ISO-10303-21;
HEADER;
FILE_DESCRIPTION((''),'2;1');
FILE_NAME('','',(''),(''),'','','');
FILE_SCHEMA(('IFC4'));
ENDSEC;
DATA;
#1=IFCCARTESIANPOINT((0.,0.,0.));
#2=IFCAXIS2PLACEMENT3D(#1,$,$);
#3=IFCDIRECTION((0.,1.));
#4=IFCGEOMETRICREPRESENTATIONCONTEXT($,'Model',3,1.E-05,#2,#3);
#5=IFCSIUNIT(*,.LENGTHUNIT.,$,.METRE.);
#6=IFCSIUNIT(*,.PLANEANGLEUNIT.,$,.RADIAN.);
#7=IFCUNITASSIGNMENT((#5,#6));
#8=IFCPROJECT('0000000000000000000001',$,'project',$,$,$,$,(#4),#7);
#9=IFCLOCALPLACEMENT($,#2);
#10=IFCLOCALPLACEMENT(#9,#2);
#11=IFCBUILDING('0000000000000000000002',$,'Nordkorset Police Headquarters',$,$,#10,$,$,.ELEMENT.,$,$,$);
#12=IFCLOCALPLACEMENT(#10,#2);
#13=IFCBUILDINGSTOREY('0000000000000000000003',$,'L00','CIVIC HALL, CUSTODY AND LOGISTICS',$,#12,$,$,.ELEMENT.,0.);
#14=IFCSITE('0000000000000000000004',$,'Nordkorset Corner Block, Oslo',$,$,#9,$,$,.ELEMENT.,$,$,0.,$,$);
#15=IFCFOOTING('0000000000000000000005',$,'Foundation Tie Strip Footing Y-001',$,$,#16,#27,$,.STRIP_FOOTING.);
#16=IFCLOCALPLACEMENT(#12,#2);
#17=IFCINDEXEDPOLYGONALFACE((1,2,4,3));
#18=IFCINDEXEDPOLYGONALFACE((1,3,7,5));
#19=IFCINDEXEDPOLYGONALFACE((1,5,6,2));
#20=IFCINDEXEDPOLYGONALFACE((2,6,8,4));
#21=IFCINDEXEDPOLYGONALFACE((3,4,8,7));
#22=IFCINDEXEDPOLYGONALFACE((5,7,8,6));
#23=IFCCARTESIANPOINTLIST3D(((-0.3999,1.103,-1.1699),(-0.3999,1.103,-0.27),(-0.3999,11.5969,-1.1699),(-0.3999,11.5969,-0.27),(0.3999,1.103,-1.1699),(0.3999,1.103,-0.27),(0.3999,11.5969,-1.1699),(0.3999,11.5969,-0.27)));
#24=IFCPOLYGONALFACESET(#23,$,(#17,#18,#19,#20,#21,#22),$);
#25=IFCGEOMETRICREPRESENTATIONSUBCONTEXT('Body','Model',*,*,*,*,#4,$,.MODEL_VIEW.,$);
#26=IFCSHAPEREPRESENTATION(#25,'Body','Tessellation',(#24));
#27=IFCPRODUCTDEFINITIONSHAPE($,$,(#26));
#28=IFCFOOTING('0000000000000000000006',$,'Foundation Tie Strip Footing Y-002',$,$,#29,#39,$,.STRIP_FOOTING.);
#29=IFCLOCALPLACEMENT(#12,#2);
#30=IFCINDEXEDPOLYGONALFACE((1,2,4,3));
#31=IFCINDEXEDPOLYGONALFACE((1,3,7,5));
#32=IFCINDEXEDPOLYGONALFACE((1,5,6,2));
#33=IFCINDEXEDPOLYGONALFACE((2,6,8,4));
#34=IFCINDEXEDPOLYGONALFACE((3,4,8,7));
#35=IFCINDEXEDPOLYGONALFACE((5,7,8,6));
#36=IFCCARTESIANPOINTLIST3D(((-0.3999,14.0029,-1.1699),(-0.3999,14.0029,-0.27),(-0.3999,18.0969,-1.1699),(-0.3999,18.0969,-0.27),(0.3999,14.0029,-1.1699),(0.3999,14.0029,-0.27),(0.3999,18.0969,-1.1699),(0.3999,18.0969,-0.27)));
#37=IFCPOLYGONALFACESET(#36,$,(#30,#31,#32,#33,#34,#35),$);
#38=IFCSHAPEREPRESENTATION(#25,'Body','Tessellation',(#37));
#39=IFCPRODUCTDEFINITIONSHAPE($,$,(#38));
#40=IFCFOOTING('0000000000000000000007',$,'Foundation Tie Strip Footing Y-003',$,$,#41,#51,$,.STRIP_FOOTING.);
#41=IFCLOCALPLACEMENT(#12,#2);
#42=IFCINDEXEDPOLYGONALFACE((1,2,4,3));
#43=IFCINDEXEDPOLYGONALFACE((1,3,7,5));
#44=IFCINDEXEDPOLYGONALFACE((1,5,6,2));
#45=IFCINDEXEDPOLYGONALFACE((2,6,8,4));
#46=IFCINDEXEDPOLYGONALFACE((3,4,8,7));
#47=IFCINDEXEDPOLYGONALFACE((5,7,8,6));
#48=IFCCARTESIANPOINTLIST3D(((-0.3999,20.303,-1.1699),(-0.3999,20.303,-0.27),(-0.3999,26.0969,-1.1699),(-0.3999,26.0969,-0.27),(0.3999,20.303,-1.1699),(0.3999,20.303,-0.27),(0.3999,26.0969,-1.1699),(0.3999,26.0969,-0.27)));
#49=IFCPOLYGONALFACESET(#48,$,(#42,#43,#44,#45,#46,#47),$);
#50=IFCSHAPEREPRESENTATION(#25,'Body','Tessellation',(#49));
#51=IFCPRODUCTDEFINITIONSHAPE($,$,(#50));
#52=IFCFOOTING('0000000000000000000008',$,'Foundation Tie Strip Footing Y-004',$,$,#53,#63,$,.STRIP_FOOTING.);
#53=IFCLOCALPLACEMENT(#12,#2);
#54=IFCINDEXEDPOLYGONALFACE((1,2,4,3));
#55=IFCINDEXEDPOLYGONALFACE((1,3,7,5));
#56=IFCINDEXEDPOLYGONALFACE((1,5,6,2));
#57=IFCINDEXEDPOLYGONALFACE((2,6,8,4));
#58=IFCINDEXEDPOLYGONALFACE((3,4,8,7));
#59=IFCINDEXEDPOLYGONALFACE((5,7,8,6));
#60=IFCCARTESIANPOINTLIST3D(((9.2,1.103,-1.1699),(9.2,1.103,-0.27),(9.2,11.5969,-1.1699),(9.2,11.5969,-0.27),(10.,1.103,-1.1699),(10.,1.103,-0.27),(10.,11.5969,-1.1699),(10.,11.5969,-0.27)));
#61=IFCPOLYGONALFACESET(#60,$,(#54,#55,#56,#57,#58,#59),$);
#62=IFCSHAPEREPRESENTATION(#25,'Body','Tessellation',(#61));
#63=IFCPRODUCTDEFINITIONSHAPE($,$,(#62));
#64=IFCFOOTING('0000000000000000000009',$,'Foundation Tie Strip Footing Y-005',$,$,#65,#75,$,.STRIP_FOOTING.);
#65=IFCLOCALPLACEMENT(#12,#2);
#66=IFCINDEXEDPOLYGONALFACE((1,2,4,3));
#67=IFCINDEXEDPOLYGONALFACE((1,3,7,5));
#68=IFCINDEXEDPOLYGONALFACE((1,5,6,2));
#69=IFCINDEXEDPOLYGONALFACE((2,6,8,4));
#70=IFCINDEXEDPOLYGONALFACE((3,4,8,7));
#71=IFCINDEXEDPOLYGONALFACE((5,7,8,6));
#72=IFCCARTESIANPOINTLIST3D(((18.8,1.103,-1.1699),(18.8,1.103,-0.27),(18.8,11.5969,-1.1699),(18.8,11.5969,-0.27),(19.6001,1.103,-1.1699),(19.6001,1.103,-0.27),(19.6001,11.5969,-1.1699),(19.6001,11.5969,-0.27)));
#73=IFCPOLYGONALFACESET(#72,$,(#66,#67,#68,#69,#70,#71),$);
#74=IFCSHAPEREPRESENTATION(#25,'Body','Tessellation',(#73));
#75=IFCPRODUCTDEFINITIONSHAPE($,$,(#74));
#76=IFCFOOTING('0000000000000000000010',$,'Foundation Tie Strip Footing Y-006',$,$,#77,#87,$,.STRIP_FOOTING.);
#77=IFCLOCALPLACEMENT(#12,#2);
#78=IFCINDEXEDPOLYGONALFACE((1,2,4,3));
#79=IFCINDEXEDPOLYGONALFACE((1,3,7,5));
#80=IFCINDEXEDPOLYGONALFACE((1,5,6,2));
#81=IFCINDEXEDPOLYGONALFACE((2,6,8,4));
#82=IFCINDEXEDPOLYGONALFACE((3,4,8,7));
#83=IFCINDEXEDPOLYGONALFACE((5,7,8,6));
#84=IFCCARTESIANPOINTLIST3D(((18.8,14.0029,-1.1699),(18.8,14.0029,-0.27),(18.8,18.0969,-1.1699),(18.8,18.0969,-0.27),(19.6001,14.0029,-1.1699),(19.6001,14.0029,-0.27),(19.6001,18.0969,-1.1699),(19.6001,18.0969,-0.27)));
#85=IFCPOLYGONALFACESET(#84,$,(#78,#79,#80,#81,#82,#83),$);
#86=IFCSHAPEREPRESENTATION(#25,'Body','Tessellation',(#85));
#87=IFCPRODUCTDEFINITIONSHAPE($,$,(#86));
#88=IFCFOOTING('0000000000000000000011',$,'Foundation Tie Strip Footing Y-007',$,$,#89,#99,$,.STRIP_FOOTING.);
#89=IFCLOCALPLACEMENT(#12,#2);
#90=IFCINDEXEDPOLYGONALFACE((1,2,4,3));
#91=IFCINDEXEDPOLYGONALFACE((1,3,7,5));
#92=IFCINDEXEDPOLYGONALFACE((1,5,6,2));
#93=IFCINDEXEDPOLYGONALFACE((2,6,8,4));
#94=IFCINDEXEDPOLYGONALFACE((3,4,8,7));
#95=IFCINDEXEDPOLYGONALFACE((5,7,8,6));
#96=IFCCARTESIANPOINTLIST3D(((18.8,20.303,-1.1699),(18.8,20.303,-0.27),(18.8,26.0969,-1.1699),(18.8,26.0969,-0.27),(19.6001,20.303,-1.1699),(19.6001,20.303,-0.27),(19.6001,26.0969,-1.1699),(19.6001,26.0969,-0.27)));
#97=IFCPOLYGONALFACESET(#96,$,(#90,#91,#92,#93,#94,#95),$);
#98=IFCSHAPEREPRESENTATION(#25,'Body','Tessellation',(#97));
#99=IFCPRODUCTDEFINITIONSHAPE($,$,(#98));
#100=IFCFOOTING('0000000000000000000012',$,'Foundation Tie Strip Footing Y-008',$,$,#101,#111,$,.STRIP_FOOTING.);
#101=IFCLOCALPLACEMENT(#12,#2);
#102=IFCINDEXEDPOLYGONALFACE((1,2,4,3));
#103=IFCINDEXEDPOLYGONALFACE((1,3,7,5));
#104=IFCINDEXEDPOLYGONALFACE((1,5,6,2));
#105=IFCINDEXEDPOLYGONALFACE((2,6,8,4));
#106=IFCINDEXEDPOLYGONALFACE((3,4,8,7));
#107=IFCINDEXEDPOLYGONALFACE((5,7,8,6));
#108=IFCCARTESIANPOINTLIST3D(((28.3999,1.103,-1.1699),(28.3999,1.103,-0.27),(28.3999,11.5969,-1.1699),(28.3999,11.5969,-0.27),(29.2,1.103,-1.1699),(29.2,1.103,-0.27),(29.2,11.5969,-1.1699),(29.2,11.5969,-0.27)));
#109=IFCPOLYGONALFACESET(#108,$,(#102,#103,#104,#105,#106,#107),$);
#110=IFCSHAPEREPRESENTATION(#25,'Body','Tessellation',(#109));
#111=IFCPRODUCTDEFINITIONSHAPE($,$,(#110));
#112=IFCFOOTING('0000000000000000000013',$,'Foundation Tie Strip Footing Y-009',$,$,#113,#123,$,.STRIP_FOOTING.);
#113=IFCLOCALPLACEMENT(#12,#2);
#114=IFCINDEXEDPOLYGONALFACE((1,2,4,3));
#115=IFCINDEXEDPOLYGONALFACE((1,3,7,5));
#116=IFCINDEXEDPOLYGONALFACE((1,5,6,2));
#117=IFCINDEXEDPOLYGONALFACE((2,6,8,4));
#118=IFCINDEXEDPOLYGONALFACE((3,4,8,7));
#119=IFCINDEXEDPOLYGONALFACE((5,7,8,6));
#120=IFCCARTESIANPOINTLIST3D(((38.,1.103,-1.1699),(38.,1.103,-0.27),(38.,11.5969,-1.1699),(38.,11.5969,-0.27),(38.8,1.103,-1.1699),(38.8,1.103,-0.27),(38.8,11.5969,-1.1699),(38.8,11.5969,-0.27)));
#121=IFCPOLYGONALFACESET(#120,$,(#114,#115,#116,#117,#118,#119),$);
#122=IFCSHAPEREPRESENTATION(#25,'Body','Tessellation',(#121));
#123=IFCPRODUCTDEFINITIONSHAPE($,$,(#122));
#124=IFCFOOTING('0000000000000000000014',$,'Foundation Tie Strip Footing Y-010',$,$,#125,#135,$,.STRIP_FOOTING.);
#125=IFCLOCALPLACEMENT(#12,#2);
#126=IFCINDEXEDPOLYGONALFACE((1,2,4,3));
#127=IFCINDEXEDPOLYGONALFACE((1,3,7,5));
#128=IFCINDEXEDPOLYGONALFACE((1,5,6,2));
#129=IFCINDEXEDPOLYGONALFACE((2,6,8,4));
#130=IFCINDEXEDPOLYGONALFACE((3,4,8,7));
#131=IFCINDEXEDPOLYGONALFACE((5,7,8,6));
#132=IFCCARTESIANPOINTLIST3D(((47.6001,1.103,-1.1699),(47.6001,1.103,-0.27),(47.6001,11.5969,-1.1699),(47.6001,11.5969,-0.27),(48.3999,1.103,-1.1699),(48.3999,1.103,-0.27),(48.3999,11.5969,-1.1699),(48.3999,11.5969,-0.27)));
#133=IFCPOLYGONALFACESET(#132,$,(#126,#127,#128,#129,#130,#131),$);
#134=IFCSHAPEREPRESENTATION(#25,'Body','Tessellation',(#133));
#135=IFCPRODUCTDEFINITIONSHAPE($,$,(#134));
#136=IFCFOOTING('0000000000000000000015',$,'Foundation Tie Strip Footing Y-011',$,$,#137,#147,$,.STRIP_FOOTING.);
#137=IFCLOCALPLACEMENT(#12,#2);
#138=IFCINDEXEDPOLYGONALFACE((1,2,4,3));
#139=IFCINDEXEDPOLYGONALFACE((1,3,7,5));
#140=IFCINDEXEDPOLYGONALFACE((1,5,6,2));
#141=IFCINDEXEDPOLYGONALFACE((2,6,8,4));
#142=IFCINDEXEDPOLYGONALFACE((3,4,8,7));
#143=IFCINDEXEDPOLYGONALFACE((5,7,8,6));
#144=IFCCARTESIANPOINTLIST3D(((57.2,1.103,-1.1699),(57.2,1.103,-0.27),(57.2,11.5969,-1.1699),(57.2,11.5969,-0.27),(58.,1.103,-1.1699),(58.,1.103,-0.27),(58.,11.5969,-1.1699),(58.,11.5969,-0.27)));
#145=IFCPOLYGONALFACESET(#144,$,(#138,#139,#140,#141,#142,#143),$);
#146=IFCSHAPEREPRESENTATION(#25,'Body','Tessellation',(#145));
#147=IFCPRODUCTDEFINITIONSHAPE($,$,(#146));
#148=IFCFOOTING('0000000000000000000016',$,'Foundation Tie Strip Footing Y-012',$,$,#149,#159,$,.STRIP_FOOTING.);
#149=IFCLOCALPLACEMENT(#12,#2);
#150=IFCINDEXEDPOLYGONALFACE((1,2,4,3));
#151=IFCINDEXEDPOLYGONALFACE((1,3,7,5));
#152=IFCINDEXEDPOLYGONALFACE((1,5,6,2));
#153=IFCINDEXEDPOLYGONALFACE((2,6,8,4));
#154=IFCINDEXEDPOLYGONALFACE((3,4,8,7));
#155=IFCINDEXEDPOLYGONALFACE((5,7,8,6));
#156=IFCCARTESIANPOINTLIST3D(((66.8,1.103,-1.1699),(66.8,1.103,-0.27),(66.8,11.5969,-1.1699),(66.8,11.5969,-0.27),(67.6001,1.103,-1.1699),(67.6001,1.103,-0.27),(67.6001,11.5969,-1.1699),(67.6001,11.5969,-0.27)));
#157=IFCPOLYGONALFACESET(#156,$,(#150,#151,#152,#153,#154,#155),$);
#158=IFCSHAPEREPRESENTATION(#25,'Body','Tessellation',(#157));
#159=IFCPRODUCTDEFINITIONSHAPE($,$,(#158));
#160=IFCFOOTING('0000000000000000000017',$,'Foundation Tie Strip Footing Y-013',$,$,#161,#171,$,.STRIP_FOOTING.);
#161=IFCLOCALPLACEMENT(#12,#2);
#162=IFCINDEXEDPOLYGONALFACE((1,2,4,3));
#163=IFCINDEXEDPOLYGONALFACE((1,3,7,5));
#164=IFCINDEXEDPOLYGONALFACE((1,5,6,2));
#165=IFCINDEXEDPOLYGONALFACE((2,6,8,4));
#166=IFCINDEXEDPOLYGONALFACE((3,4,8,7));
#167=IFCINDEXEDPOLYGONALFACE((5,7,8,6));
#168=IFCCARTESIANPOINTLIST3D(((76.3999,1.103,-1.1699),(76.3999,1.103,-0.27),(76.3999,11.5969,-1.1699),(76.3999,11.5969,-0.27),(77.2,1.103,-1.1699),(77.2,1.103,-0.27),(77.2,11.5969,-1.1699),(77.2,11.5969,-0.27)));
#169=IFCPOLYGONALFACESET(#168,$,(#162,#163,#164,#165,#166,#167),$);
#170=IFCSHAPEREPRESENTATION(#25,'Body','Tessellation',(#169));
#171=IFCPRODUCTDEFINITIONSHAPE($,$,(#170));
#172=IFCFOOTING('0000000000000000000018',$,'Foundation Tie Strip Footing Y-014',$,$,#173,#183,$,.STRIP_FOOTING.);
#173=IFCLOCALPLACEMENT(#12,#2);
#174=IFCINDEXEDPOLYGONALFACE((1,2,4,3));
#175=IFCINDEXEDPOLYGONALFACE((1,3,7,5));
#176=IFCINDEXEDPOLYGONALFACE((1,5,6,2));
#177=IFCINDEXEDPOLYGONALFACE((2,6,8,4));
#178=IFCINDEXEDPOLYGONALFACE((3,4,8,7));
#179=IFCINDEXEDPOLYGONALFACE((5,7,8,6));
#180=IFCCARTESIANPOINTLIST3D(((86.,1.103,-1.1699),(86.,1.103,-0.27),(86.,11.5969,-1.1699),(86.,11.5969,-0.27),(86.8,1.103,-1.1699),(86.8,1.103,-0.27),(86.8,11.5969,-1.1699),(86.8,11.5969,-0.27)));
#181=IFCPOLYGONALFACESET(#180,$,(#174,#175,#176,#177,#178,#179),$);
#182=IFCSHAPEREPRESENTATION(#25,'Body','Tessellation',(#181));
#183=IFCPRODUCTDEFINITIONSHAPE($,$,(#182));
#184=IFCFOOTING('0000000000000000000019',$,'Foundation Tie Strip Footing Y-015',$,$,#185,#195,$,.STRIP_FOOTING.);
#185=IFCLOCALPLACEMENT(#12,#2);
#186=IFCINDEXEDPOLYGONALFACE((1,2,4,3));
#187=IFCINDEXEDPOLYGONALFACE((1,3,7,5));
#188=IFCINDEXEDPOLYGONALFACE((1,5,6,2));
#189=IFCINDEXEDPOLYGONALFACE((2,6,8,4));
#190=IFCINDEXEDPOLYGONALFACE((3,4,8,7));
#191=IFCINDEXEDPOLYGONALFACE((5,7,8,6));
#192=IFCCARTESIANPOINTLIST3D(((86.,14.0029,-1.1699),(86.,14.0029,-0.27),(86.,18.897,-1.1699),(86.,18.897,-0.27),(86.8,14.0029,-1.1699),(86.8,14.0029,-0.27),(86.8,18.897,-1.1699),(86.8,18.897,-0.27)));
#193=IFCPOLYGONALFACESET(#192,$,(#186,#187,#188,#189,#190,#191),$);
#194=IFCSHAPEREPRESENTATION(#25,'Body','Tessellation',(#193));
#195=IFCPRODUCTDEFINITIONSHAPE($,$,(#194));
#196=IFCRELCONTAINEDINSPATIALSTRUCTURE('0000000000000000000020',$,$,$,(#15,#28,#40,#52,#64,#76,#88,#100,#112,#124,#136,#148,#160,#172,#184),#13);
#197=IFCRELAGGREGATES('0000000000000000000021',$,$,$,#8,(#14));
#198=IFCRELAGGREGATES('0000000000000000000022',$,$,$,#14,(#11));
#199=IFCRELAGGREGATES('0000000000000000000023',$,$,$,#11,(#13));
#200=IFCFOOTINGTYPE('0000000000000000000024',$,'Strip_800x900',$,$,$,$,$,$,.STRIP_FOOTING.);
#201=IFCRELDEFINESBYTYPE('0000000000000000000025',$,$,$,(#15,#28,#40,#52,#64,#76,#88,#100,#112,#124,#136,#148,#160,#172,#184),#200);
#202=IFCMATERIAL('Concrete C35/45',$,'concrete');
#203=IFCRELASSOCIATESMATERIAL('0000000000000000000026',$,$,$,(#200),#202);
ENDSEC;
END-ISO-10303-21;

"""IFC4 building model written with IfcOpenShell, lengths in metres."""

from ifc_helpers import new_model, si_unit, direction, frame, origin, place, context, subcontext, project, spatial, polyline, outline, extrude, material, type_object, element, save


model = new_model("IFC4")

# Units and contexts
model_context = context("Model", 3, precision=1e-05, world=origin(), true_north=direction((0.0, 1.0)))
body_context = subcontext(model_context, "Body", "Model", "MODEL_VIEW")
ifc_project = project(units=[si_unit("LENGTHUNIT", "METRE"), si_unit("PLANEANGLEUNIT", "RADIAN")], contexts=[model_context])

# Site, building, storey
site_placement = place(None, origin())
site = spatial("IfcSite", under=ifc_project, at=site_placement, Name="Nordkorset Corner Block, Oslo", CompositionType="ELEMENT", RefElevation=0.0)
building_placement = place(site_placement, origin())
building = spatial("IfcBuilding", under=site, at=building_placement, Name="Nordkorset Police Headquarters", CompositionType="ELEMENT")
storey_placement = place(building_placement, origin())
storey = spatial("IfcBuildingStorey", under=building, at=storey_placement, Name="L00", Description="CIVIC HALL, CUSTODY AND LOGISTICS", CompositionType="ELEMENT", Elevation=0.0)

# Footings
ifc_material = material(Name="Concrete C35/45", Category="concrete")
footing_type = type_object("IfcFootingType", Name="Strip_800x900", PredefinedType="STRIP_FOOTING", material=ifc_material)
footing_1_placement = place(storey_placement, frame((0.0, 0.0, -1.1699)))
element("IfcFooting", 1, at=footing_1_placement, inside=storey, type_object=footing_type, Name="Foundation Tie Strip Footing Y-001", PredefinedType="STRIP_FOOTING", context=body_context, shape_type="SweptSolid", body=[
    extrude(outline(polyline([(-0.3999, 1.103), (0.3999, 1.103), (0.3999, 11.5969), (-0.3999, 11.5969), (-0.3999, 1.103)])), origin(), (0.0, 0.0, 1.0), 0.8999),
])
footing_2_placement = place(storey_placement, frame((0.0, 0.0, -1.1699)))
element("IfcFooting", 2, at=footing_2_placement, inside=storey, type_object=footing_type, Name="Foundation Tie Strip Footing Y-002", PredefinedType="STRIP_FOOTING", context=body_context, shape_type="SweptSolid", body=[
    extrude(outline(polyline([(-0.3999, 14.0029), (0.3999, 14.0029), (0.3999, 18.0969), (-0.3999, 18.0969), (-0.3999, 14.0029)])), origin(), (0.0, 0.0, 1.0), 0.8999),
])
footing_3_placement = place(storey_placement, frame((0.0, 0.0, -1.1699)))
element("IfcFooting", 3, at=footing_3_placement, inside=storey, type_object=footing_type, Name="Foundation Tie Strip Footing Y-003", PredefinedType="STRIP_FOOTING", context=body_context, shape_type="SweptSolid", body=[
    extrude(outline(polyline([(-0.3999, 20.303), (0.3999, 20.303), (0.3999, 26.0969), (-0.3999, 26.0969), (-0.3999, 20.303)])), origin(), (0.0, 0.0, 1.0), 0.8999),
])
footing_4_placement = place(storey_placement, frame((0.0, 0.0, -1.1699)))
element("IfcFooting", 4, at=footing_4_placement, inside=storey, type_object=footing_type, Name="Foundation Tie Strip Footing Y-004", PredefinedType="STRIP_FOOTING", context=body_context, shape_type="SweptSolid", body=[
    extrude(outline(polyline([(9.2, 1.103), (10.0, 1.103), (10.0, 11.5969), (9.2, 11.5969), (9.2, 1.103)])), origin(), (0.0, 0.0, 1.0), 0.8999),
])
footing_5_placement = place(storey_placement, frame((0.0, 0.0, -1.1699)))
element("IfcFooting", 5, at=footing_5_placement, inside=storey, type_object=footing_type, Name="Foundation Tie Strip Footing Y-005", PredefinedType="STRIP_FOOTING", context=body_context, shape_type="SweptSolid", body=[
    extrude(outline(polyline([(18.8, 1.103), (19.6001, 1.103), (19.6001, 11.5969), (18.8, 11.5969), (18.8, 1.103)])), origin(), (0.0, 0.0, 1.0), 0.8999),
])
footing_6_placement = place(storey_placement, frame((0.0, 0.0, -1.1699)))
element("IfcFooting", 6, at=footing_6_placement, inside=storey, type_object=footing_type, Name="Foundation Tie Strip Footing Y-006", PredefinedType="STRIP_FOOTING", context=body_context, shape_type="SweptSolid", body=[
    extrude(outline(polyline([(18.8, 14.0029), (19.6001, 14.0029), (19.6001, 18.0969), (18.8, 18.0969), (18.8, 14.0029)])), origin(), (0.0, 0.0, 1.0), 0.8999),
])
footing_7_placement = place(storey_placement, frame((0.0, 0.0, -1.1699)))
element("IfcFooting", 7, at=footing_7_placement, inside=storey, type_object=footing_type, Name="Foundation Tie Strip Footing Y-007", PredefinedType="STRIP_FOOTING", context=body_context, shape_type="SweptSolid", body=[
    extrude(outline(polyline([(18.8, 20.303), (19.6001, 20.303), (19.6001, 26.0969), (18.8, 26.0969), (18.8, 20.303)])), origin(), (0.0, 0.0, 1.0), 0.8999),
])
footing_8_placement = place(storey_placement, frame((0.0, 0.0, -1.1699)))
element("IfcFooting", 8, at=footing_8_placement, inside=storey, type_object=footing_type, Name="Foundation Tie Strip Footing Y-008", PredefinedType="STRIP_FOOTING", context=body_context, shape_type="SweptSolid", body=[
    extrude(outline(polyline([(28.3999, 1.103), (29.2, 1.103), (29.2, 11.5969), (28.3999, 11.5969), (28.3999, 1.103)])), origin(), (0.0, 0.0, 1.0), 0.8999),
])
footing_9_placement = place(storey_placement, frame((0.0, 0.0, -1.1699)))
element("IfcFooting", 9, at=footing_9_placement, inside=storey, type_object=footing_type, Name="Foundation Tie Strip Footing Y-009", PredefinedType="STRIP_FOOTING", context=body_context, shape_type="SweptSolid", body=[
    extrude(outline(polyline([(38.0, 1.103), (38.8, 1.103), (38.8, 11.5969), (38.0, 11.5969), (38.0, 1.103)])), origin(), (0.0, 0.0, 1.0), 0.8999),
])
footing_10_placement = place(storey_placement, frame((0.0, 0.0, -1.1699)))
element("IfcFooting", 10, at=footing_10_placement, inside=storey, type_object=footing_type, Name="Foundation Tie Strip Footing Y-010", PredefinedType="STRIP_FOOTING", context=body_context, shape_type="SweptSolid", body=[
    extrude(outline(polyline([(47.6001, 1.103), (48.3999, 1.103), (48.3999, 11.5969), (47.6001, 11.5969), (47.6001, 1.103)])), origin(), (0.0, 0.0, 1.0), 0.8999),
])
footing_11_placement = place(storey_placement, frame((0.0, 0.0, -1.1699)))
element("IfcFooting", 11, at=footing_11_placement, inside=storey, type_object=footing_type, Name="Foundation Tie Strip Footing Y-011", PredefinedType="STRIP_FOOTING", context=body_context, shape_type="SweptSolid", body=[
    extrude(outline(polyline([(57.2, 1.103), (58.0, 1.103), (58.0, 11.5969), (57.2, 11.5969), (57.2, 1.103)])), origin(), (0.0, 0.0, 1.0), 0.8999),
])
footing_12_placement = place(storey_placement, frame((0.0, 0.0, -1.1699)))
element("IfcFooting", 12, at=footing_12_placement, inside=storey, type_object=footing_type, Name="Foundation Tie Strip Footing Y-012", PredefinedType="STRIP_FOOTING", context=body_context, shape_type="SweptSolid", body=[
    extrude(outline(polyline([(66.8, 1.103), (67.6001, 1.103), (67.6001, 11.5969), (66.8, 11.5969), (66.8, 1.103)])), origin(), (0.0, 0.0, 1.0), 0.8999),
])
footing_13_placement = place(storey_placement, frame((0.0, 0.0, -1.1699)))
element("IfcFooting", 13, at=footing_13_placement, inside=storey, type_object=footing_type, Name="Foundation Tie Strip Footing Y-013", PredefinedType="STRIP_FOOTING", context=body_context, shape_type="SweptSolid", body=[
    extrude(outline(polyline([(76.3999, 1.103), (77.2, 1.103), (77.2, 11.5969), (76.3999, 11.5969), (76.3999, 1.103)])), origin(), (0.0, 0.0, 1.0), 0.8999),
])
footing_14_placement = place(storey_placement, frame((0.0, 0.0, -1.1699)))
element("IfcFooting", 14, at=footing_14_placement, inside=storey, type_object=footing_type, Name="Foundation Tie Strip Footing Y-014", PredefinedType="STRIP_FOOTING", context=body_context, shape_type="SweptSolid", body=[
    extrude(outline(polyline([(86.0, 1.103), (86.8, 1.103), (86.8, 11.5969), (86.0, 11.5969), (86.0, 1.103)])), origin(), (0.0, 0.0, 1.0), 0.8999),
])
footing_15_placement = place(storey_placement, frame((0.0, 0.0, -1.1699)))
element("IfcFooting", 15, at=footing_15_placement, inside=storey, type_object=footing_type, Name="Foundation Tie Strip Footing Y-015", PredefinedType="STRIP_FOOTING", context=body_context, shape_type="SweptSolid", body=[
    extrude(outline(polyline([(86.0, 14.0029), (86.8, 14.0029), (86.8, 18.897), (86.0, 18.897), (86.0, 14.0029)])), origin(), (0.0, 0.0, 1.0), 0.8999),
])

save(model, "model.ifc")
